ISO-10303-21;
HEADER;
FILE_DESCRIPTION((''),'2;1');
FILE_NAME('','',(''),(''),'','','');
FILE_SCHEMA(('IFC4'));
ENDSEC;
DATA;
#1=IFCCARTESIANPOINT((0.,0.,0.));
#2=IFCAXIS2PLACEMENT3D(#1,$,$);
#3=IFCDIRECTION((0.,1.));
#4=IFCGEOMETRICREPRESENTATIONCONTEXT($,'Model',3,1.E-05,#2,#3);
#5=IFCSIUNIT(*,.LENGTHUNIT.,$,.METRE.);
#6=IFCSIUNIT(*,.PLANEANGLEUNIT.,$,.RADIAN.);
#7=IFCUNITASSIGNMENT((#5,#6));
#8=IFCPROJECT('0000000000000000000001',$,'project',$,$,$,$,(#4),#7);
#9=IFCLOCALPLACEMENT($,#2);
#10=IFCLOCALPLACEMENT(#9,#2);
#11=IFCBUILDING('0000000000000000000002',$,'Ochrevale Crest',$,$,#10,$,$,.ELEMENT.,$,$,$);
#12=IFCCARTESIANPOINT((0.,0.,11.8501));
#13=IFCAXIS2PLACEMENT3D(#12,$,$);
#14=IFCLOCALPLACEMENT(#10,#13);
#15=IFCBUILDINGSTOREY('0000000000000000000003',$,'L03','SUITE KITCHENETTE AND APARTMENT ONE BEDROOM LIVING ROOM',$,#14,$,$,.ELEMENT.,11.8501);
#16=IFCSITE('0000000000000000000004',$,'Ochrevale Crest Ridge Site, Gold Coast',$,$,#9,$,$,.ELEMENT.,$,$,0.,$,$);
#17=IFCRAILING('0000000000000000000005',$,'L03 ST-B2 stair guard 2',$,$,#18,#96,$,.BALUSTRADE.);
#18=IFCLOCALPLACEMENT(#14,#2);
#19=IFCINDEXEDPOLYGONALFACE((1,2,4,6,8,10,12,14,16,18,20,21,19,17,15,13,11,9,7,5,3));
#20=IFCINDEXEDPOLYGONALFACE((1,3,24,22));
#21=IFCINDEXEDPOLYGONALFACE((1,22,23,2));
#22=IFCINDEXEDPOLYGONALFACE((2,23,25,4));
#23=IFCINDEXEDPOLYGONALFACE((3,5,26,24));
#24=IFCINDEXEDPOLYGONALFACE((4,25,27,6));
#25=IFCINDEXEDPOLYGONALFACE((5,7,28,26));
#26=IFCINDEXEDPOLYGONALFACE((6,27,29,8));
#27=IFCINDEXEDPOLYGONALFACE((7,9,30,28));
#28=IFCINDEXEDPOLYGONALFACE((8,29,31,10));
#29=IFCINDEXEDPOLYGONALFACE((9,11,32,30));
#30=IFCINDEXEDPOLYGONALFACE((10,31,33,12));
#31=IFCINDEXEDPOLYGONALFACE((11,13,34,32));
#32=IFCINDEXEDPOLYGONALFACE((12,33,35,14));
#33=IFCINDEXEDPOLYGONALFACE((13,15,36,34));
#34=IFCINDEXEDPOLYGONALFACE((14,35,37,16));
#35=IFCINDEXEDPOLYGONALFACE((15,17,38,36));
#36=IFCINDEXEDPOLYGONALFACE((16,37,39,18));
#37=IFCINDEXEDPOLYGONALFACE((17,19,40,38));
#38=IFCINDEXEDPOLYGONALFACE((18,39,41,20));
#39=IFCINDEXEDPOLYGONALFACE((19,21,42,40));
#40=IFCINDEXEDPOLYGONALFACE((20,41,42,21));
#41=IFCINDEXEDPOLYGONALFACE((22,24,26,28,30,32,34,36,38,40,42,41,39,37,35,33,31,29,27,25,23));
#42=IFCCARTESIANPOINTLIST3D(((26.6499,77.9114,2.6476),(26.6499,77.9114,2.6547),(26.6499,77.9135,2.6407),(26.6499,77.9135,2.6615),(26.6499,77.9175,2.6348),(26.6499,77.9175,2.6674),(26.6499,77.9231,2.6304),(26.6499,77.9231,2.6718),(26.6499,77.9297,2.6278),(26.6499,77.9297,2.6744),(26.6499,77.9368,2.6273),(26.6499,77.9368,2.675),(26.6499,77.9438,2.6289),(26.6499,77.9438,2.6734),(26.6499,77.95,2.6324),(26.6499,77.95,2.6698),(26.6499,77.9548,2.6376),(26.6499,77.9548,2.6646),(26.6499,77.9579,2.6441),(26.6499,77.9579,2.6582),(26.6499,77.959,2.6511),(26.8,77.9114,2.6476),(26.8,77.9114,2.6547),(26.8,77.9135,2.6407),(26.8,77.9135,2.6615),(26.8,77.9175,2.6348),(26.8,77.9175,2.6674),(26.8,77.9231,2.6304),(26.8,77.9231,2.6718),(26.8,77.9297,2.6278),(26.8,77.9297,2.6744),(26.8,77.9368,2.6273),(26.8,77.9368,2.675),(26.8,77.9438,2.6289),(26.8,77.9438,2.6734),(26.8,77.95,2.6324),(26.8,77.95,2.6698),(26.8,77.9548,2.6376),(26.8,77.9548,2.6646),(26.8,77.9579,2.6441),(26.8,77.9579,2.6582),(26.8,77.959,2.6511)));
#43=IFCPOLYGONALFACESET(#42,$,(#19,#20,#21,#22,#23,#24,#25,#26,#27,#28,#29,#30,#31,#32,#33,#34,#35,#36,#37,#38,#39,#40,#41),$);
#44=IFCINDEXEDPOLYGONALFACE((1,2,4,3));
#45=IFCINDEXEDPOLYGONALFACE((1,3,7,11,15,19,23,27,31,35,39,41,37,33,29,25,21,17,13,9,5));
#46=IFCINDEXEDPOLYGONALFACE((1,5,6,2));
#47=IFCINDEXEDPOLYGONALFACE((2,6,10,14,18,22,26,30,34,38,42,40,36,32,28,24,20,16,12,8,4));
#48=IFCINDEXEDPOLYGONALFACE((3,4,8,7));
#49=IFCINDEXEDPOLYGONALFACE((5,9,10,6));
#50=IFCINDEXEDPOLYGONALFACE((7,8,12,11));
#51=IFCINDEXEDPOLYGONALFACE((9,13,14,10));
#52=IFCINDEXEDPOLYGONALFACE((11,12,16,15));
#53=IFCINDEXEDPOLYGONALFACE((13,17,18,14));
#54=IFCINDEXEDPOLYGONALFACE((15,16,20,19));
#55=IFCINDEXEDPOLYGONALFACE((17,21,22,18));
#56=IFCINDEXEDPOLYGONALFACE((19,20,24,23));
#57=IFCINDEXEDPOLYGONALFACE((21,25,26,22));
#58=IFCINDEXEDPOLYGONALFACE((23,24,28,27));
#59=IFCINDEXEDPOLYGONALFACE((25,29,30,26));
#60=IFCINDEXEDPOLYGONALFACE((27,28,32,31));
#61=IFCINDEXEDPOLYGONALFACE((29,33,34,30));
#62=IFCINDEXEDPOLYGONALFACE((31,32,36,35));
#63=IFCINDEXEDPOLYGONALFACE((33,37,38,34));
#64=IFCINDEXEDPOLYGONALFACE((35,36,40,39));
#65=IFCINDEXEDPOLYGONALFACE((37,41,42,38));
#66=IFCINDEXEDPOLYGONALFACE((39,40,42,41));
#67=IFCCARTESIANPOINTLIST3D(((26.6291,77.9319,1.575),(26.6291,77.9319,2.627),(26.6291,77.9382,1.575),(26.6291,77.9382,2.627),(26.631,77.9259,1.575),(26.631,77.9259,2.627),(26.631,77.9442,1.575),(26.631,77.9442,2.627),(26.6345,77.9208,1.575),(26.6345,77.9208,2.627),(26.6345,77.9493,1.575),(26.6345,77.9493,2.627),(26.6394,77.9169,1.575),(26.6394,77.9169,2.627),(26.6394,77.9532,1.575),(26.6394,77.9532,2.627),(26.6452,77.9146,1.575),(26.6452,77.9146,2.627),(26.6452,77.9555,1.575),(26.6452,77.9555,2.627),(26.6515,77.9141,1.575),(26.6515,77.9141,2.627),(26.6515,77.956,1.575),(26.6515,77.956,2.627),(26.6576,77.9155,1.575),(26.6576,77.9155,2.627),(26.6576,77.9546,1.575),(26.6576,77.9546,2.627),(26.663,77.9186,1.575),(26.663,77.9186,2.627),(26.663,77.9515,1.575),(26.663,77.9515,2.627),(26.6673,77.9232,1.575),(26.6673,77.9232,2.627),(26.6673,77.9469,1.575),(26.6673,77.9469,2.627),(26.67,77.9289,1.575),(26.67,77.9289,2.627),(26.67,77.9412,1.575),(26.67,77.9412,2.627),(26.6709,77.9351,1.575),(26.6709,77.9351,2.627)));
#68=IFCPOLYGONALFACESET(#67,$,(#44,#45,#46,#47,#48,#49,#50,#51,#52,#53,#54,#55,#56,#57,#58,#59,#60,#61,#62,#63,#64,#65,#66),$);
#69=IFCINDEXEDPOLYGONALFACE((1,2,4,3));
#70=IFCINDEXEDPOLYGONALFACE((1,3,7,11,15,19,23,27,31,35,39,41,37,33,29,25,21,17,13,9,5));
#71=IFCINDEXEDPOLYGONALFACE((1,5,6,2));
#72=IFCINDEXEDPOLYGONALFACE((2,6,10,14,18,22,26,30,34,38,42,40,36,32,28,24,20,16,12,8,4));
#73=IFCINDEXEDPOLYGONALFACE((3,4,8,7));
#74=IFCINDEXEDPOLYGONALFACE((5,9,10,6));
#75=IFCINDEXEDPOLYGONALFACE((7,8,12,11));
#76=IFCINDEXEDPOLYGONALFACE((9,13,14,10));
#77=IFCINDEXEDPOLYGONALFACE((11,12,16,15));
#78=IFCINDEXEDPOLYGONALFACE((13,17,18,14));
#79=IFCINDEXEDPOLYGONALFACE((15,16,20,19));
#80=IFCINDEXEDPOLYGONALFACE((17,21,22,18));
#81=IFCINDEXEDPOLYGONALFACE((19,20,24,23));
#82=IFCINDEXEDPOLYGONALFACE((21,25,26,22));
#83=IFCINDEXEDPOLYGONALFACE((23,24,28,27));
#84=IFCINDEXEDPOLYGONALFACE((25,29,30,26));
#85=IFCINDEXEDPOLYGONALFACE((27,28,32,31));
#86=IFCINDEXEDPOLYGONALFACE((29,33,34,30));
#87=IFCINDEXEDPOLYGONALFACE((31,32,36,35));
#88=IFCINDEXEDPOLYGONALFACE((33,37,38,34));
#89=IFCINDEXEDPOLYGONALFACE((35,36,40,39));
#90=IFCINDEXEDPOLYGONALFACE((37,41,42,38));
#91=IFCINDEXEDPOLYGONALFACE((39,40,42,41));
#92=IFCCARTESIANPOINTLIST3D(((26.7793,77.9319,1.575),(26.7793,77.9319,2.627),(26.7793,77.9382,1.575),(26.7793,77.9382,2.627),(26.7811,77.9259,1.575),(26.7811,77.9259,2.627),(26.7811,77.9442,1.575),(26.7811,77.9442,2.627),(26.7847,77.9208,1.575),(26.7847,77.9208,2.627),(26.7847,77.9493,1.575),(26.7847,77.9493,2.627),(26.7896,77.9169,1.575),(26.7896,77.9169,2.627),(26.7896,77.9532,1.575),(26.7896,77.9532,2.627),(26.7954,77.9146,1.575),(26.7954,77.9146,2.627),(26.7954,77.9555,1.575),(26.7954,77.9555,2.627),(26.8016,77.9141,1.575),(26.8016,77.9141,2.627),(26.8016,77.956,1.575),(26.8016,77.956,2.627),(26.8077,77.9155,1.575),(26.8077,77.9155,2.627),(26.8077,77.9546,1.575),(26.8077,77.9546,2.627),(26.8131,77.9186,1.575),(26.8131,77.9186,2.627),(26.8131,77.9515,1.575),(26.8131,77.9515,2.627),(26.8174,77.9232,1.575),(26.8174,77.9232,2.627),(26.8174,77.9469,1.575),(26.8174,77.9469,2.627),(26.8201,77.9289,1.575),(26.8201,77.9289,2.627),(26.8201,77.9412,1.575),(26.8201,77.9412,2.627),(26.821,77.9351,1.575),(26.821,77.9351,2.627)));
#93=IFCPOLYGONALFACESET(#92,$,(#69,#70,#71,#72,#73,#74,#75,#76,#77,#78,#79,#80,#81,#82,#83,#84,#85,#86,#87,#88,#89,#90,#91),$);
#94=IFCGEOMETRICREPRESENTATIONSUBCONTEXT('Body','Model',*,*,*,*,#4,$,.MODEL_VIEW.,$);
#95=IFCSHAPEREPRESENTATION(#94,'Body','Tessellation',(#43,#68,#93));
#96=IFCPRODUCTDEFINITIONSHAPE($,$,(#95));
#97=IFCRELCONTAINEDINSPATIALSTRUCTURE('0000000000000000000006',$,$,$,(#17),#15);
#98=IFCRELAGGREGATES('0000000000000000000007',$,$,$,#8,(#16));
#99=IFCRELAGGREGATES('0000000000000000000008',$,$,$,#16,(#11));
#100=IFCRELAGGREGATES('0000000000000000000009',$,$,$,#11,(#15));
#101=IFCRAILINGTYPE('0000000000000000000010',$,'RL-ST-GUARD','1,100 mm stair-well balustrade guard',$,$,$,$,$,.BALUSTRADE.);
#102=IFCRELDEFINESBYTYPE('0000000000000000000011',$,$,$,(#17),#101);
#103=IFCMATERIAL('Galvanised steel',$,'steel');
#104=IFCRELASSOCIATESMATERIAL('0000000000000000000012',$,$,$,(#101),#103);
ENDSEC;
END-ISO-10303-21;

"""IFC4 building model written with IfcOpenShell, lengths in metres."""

from ifc_helpers import new_model, si_unit, direction, frame, origin, origin_2d, place, context, subcontext, project, spatial, circle, extrude, material, type_object, element, save


model = new_model("IFC4")

# Units and contexts
model_context = context("Model", 3, precision=1e-05, world=origin(), true_north=direction((0.0, 1.0)))
body_context = subcontext(model_context, "Body", "Model", "MODEL_VIEW")
ifc_project = project(units=[si_unit("LENGTHUNIT", "METRE"), si_unit("PLANEANGLEUNIT", "RADIAN")], contexts=[model_context])

# Site, building, storey
site_placement = place(None, origin())
site = spatial("IfcSite", under=ifc_project, at=site_placement, Name="Ochrevale Crest Ridge Site, Gold Coast", CompositionType="ELEMENT", RefElevation=0.0)
building_placement = place(site_placement, origin())
building = spatial("IfcBuilding", under=site, at=building_placement, Name="Ochrevale Crest", CompositionType="ELEMENT")
storey_placement = place(building_placement, frame((0.0, 0.0, 11.8501)))
storey = spatial("IfcBuildingStorey", under=building, at=storey_placement, Name="L03", Description="SUITE KITCHENETTE AND APARTMENT ONE BEDROOM LIVING ROOM", CompositionType="ELEMENT", Elevation=11.8501)

# Railing
ifc_material_1 = material(Name="Galvanised steel", Category="steel")
railing_type_1 = type_object("IfcRailingType", Name="RL-ST-GUARD", Description="1,100 mm stair-well balustrade guard", PredefinedType="BALUSTRADE", material=ifc_material_1)
railing_1_placement = place(storey_placement, frame((26.6499, 77.9351, 1.575)))
element("IfcRailing", 1, at=railing_1_placement, inside=storey, type_object=railing_type_1, Name="L03 ST-B2 stair guard 2", PredefinedType="BALUSTRADE", context=body_context, shape_type="SweptSolid", body=[
    extrude(circle(Radius=0.0239, at=origin_2d()), frame((0.0, 0.0, 1.0762), z_axis=(1.0, 0.0, 0.0), x_axis=(0.0, 1.0, 0.0)), (0.0, 0.0, 1.0), 0.1501),
    extrude(circle(Radius=0.021, at=origin_2d()), origin(), (0.0, 0.0, 1.0), 1.052),
    extrude(circle(Radius=0.021, at=origin_2d()), frame((0.1501, 0.0, 0.0)), (0.0, 0.0, 1.0), 1.052),
])

save(model, "model.ifc")
